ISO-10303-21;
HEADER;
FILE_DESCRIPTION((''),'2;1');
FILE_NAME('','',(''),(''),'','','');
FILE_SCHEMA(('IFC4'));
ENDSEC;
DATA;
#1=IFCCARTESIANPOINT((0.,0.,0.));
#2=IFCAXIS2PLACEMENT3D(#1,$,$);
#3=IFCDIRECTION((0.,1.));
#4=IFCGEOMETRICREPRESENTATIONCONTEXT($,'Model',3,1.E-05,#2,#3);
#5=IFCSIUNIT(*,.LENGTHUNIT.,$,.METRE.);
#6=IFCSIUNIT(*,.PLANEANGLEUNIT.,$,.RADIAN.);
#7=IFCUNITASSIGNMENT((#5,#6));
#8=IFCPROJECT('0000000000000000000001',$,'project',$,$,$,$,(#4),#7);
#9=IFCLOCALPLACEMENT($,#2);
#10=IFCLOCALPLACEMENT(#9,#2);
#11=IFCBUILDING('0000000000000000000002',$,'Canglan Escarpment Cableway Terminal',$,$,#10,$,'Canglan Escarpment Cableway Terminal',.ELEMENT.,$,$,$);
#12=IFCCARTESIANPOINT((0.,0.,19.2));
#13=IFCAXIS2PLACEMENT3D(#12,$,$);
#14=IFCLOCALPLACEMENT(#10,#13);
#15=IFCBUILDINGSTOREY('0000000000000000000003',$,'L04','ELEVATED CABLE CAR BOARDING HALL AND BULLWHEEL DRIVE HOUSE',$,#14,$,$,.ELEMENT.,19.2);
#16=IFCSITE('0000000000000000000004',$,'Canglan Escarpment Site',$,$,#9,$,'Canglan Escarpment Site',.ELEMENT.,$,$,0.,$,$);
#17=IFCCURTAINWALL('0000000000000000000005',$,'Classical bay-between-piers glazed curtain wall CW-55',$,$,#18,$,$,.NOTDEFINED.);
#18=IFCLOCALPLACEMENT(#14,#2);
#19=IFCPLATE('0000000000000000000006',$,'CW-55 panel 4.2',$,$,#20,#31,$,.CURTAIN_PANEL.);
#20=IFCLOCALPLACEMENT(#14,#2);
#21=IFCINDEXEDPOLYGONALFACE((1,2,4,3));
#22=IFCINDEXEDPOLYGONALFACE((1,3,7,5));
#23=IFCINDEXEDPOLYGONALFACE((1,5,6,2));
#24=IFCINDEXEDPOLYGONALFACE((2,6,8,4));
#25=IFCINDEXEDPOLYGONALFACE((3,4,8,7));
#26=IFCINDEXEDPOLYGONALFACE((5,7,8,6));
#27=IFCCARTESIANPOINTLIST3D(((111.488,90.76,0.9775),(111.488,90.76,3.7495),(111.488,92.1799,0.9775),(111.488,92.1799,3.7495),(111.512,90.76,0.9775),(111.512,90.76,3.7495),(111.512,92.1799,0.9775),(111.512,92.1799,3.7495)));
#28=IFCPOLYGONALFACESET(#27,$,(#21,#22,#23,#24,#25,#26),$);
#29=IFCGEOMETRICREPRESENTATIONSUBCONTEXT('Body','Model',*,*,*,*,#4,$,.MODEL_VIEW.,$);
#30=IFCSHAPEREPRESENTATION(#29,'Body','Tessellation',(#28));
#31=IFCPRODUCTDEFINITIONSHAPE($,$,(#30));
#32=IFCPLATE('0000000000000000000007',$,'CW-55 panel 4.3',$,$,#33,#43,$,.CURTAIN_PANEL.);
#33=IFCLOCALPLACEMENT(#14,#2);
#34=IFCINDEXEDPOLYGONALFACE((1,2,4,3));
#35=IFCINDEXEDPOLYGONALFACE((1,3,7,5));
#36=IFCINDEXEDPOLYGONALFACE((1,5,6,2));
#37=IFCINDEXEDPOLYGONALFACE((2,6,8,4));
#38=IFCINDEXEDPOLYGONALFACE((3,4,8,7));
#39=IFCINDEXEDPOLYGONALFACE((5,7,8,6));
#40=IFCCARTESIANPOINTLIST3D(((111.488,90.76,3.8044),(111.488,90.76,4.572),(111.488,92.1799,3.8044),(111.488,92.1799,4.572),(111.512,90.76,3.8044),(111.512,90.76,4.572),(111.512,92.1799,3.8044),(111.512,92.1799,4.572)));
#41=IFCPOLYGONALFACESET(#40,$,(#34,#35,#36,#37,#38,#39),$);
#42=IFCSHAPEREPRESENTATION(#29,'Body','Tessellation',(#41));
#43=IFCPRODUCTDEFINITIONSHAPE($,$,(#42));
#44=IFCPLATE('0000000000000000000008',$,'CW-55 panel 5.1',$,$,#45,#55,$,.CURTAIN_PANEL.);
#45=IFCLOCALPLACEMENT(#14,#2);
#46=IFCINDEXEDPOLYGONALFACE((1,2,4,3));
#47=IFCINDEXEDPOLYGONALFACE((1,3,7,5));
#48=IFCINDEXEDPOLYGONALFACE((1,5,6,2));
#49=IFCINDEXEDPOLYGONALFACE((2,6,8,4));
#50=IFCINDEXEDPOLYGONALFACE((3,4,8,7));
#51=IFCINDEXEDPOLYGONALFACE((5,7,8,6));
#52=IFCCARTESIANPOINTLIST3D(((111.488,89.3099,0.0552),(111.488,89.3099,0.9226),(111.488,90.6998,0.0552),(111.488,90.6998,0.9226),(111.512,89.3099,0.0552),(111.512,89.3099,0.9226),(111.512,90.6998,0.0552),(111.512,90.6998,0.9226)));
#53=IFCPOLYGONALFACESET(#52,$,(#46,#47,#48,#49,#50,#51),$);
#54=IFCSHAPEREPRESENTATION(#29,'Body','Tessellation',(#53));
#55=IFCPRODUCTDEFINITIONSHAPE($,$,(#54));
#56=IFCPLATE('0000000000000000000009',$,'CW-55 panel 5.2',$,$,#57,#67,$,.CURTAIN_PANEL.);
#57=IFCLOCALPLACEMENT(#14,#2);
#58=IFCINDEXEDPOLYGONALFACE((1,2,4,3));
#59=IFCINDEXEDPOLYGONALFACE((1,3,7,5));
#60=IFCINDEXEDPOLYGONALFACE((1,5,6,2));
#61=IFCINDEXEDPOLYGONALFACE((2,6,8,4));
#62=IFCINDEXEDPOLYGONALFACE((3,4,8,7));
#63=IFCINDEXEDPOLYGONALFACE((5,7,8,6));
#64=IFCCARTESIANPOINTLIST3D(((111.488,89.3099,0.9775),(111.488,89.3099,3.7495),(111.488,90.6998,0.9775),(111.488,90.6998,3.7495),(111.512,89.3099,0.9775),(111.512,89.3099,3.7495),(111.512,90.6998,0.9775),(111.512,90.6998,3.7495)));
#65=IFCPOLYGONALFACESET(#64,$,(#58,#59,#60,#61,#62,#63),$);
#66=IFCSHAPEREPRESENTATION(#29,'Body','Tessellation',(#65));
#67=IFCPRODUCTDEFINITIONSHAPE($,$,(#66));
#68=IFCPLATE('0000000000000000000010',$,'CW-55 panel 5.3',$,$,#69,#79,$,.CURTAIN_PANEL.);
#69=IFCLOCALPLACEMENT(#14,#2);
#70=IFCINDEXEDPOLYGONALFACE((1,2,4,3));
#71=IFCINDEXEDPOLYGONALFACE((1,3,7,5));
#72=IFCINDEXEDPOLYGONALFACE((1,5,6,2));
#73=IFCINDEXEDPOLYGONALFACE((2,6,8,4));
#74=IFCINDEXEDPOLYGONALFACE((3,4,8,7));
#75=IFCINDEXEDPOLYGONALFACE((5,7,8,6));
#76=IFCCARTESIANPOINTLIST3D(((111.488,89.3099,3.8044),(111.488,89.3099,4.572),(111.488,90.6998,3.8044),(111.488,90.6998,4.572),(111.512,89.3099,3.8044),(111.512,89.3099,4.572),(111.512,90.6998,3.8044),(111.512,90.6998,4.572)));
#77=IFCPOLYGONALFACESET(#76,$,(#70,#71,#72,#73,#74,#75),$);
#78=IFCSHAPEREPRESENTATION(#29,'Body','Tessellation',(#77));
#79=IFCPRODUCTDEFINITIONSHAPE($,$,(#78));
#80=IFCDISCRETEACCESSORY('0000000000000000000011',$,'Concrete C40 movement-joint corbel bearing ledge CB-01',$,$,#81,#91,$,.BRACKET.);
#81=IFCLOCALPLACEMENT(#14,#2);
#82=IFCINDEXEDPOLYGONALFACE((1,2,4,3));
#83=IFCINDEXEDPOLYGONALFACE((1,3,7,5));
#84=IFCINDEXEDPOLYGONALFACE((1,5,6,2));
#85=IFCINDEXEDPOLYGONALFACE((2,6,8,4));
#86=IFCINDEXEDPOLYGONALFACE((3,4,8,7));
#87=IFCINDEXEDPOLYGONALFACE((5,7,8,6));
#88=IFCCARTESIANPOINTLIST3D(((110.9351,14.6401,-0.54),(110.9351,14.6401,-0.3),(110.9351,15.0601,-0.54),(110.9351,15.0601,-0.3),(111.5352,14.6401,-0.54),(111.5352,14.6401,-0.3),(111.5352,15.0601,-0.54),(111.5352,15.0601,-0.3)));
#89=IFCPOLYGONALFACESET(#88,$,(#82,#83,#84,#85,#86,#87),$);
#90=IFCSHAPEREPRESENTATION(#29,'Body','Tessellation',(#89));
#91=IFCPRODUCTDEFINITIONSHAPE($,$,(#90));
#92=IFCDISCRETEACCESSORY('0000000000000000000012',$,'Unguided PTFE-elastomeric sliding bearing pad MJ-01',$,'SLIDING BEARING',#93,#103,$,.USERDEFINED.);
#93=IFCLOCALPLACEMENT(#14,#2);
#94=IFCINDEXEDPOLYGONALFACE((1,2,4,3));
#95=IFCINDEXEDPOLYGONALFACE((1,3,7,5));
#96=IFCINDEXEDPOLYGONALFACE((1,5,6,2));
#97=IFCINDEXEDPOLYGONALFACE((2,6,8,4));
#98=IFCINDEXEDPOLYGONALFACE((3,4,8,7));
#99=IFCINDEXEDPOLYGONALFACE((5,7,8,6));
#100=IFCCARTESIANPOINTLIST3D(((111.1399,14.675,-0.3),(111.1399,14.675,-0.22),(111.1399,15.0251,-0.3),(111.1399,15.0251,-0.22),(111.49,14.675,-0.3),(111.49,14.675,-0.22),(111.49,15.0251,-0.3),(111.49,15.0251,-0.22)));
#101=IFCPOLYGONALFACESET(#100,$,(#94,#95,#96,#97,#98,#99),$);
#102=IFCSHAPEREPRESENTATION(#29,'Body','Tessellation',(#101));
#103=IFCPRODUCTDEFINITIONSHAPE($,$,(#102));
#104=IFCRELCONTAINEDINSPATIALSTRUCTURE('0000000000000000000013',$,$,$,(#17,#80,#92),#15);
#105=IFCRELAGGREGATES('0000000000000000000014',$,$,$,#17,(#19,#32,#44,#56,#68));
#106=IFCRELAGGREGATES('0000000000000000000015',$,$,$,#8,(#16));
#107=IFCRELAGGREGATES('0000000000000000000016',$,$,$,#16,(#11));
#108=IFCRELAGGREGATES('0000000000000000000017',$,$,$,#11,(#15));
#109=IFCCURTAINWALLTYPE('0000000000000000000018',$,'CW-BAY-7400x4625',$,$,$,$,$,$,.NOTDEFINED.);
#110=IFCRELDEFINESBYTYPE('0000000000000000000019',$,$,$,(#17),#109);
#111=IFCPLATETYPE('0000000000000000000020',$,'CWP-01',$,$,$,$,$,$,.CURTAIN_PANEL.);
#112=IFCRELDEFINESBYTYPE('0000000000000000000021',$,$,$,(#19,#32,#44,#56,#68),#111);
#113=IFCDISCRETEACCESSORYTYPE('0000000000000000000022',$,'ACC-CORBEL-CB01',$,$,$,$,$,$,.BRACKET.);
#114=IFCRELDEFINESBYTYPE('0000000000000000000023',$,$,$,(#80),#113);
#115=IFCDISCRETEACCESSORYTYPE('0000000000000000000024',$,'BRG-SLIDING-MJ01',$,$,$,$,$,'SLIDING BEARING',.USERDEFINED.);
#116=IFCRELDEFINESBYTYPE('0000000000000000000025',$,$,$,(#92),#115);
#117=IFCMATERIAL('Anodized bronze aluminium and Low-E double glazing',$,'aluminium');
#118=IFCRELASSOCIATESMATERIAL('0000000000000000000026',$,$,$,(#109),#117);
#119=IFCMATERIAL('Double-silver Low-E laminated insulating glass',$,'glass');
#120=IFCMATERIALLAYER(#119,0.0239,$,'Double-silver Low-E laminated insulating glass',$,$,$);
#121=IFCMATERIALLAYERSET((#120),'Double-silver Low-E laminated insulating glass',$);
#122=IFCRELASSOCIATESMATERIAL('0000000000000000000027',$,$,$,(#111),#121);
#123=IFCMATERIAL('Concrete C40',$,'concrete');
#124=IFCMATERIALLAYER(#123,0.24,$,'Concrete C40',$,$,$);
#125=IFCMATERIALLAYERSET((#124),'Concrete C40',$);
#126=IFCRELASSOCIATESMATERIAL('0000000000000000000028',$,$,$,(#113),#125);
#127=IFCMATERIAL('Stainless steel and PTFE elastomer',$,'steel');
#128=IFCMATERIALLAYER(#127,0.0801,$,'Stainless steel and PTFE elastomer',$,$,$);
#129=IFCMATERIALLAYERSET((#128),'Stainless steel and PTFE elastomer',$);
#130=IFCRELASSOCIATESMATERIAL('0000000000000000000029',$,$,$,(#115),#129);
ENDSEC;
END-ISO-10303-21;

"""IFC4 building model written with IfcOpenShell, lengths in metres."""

from ifc_helpers import new_model, si_unit, direction, frame, origin, origin_2d, place, context, subcontext, project, spatial, rectangle, extrude, material, layer, layer_set, type_object, element, aggregate, save


model = new_model("IFC4")

# Units and contexts
model_context = context("Model", 3, precision=1e-05, world=origin(), true_north=direction((0.0, 1.0)))
body_context = subcontext(model_context, "Body", "Model", "MODEL_VIEW")
ifc_project = project(units=[si_unit("LENGTHUNIT", "METRE"), si_unit("PLANEANGLEUNIT", "RADIAN")], contexts=[model_context])

# Site, building, storey
site_placement = place(None, origin())
site = spatial("IfcSite", under=ifc_project, at=site_placement, Name="Canglan Escarpment Site", LongName="Canglan Escarpment Site", CompositionType="ELEMENT", RefElevation=0.0)
building_placement = place(site_placement, origin())
building = spatial("IfcBuilding", under=site, at=building_placement, Name="Canglan Escarpment Cableway Terminal", LongName="Canglan Escarpment Cableway Terminal", CompositionType="ELEMENT")
storey_placement = place(building_placement, frame((0.0, 0.0, 19.2)))
storey = spatial("IfcBuildingStorey", under=building, at=storey_placement, Name="L04", Description="ELEVATED CABLE CAR BOARDING HALL AND BULLWHEEL DRIVE HOUSE", CompositionType="ELEMENT", Elevation=19.2)

# Shared definitions
ifc_material_1 = material(Name="Concrete C40", Category="concrete")

# Curtain wall, plates
ifc_material_2 = material(Name="Anodized bronze aluminium and Low-E double glazing", Category="aluminium")
curtain_wall_type = type_object("IfcCurtainWallType", Name="CW-BAY-7400x4625", PredefinedType="NOTDEFINED", material=ifc_material_2)
curtain_wall_placement = place(storey_placement, origin())
curtain_wall = element("IfcCurtainWall", 1, at=curtain_wall_placement, inside=storey, type_object=curtain_wall_type, Name="Classical bay-between-piers glazed curtain wall CW-55", PredefinedType="NOTDEFINED")
ifc_material_3 = material(Name="Double-silver Low-E laminated insulating glass", Category="glass")
ifc_layer_1 = layer(ifc_material_3, 0.0239, Name="Double-silver Low-E laminated insulating glass")
ifc_layer_set_1 = layer_set([ifc_layer_1], Name="Double-silver Low-E laminated insulating glass")
plate_type = type_object("IfcPlateType", Name="CWP-01", PredefinedType="CURTAIN_PANEL", material=ifc_layer_set_1)
plate_1_placement = place(storey_placement, frame((111.5, 91.47, 0.9775), z_axis=(0.0, 0.0, 1.0), x_axis=(0.0, -1.0, 0.0)))
plate_1 = element("IfcPlate", 2, at=plate_1_placement, type_object=plate_type, Name="CW-55 panel 4.2", PredefinedType="CURTAIN_PANEL", context=body_context, shape_type="SweptSolid", body=[
    extrude(rectangle(XDim=1.4199, YDim=0.0239, at=origin_2d()), origin(), (0.0, 0.0, 1.0), 2.772),
])
plate_2_placement = place(storey_placement, frame((111.5, 91.47, 3.8044), z_axis=(0.0, 0.0, 1.0), x_axis=(0.0, -1.0, 0.0)))
plate_2 = element("IfcPlate", 3, at=plate_2_placement, type_object=plate_type, Name="CW-55 panel 4.3", PredefinedType="CURTAIN_PANEL", context=body_context, shape_type="SweptSolid", body=[
    extrude(rectangle(XDim=1.4199, YDim=0.0239, at=origin_2d()), origin(), (0.0, 0.0, 1.0), 0.7676),
])
plate_3_placement = place(storey_placement, frame((111.5, 90.0049, 0.0552), z_axis=(0.0, 0.0, 1.0), x_axis=(0.0, -1.0, 0.0)))
plate_3 = element("IfcPlate", 4, at=plate_3_placement, type_object=plate_type, Name="CW-55 panel 5.1", PredefinedType="CURTAIN_PANEL", context=body_context, shape_type="SweptSolid", body=[
    extrude(rectangle(XDim=1.3899, YDim=0.0239, at=origin_2d()), origin(), (0.0, 0.0, 1.0), 0.8674),
])
plate_4_placement = place(storey_placement, frame((111.5, 90.0049, 0.9775), z_axis=(0.0, 0.0, 1.0), x_axis=(0.0, -1.0, 0.0)))
plate_4 = element("IfcPlate", 5, at=plate_4_placement, type_object=plate_type, Name="CW-55 panel 5.2", PredefinedType="CURTAIN_PANEL", context=body_context, shape_type="SweptSolid", body=[
    extrude(rectangle(XDim=1.3899, YDim=0.0239, at=origin_2d()), origin(), (0.0, 0.0, 1.0), 2.772),
])
plate_5_placement = place(storey_placement, frame((111.5, 90.0049, 3.8044), z_axis=(0.0, 0.0, 1.0), x_axis=(0.0, -1.0, 0.0)))
plate_5 = element("IfcPlate", 6, at=plate_5_placement, type_object=plate_type, Name="CW-55 panel 5.3", PredefinedType="CURTAIN_PANEL", context=body_context, shape_type="SweptSolid", body=[
    extrude(rectangle(XDim=1.3899, YDim=0.0239, at=origin_2d()), origin(), (0.0, 0.0, 1.0), 0.7676),
])
aggregate(curtain_wall, [plate_1, plate_2, plate_3, plate_4, plate_5])

# Discrete accessories
ifc_layer_2 = layer(ifc_material_1, 0.24, Name="Concrete C40")
ifc_layer_set_2 = layer_set([ifc_layer_2], Name="Concrete C40")
discrete_accessory_type_1 = type_object("IfcDiscreteAccessoryType", Name="ACC-CORBEL-CB01", PredefinedType="BRACKET", material=ifc_layer_set_2)
discrete_accessory_1_placement = place(storey_placement, frame((111.2351, 14.8501, -0.54), z_axis=(0.0, 0.0, 1.0), x_axis=(1.0, 0.0, 0.0)))
element("IfcDiscreteAccessory", 7, at=discrete_accessory_1_placement, inside=storey, type_object=discrete_accessory_type_1, Name="Concrete C40 movement-joint corbel bearing ledge CB-01", PredefinedType="BRACKET", context=body_context, shape_type="SweptSolid", body=[
    extrude(rectangle(XDim=0.6001, YDim=0.4199, at=origin_2d()), origin(), (0.0, 0.0, 1.0), 0.24),
])
ifc_material_4 = material(Name="Stainless steel and PTFE elastomer", Category="steel")
ifc_layer_3 = layer(ifc_material_4, 0.0801, Name="Stainless steel and PTFE elastomer")
ifc_layer_set_3 = layer_set([ifc_layer_3], Name="Stainless steel and PTFE elastomer")
discrete_accessory_type_2 = type_object("IfcDiscreteAccessoryType", Name="BRG-SLIDING-MJ01", ElementType="SLIDING BEARING", PredefinedType="USERDEFINED", material=ifc_layer_set_3)
discrete_accessory_2_placement = place(storey_placement, frame((111.3149, 14.8501, -0.3), z_axis=(0.0, 0.0, 1.0), x_axis=(1.0, 0.0, 0.0)))
element("IfcDiscreteAccessory", 8, at=discrete_accessory_2_placement, inside=storey, type_object=discrete_accessory_type_2, Name="Unguided PTFE-elastomeric sliding bearing pad MJ-01", ObjectType="SLIDING BEARING", PredefinedType="USERDEFINED", context=body_context, shape_type="SweptSolid", body=[
    extrude(rectangle(XDim=0.3501, YDim=0.3501, at=origin_2d()), origin(), (0.0, 0.0, 1.0), 0.0801),
])

save(model, "model.ifc")
